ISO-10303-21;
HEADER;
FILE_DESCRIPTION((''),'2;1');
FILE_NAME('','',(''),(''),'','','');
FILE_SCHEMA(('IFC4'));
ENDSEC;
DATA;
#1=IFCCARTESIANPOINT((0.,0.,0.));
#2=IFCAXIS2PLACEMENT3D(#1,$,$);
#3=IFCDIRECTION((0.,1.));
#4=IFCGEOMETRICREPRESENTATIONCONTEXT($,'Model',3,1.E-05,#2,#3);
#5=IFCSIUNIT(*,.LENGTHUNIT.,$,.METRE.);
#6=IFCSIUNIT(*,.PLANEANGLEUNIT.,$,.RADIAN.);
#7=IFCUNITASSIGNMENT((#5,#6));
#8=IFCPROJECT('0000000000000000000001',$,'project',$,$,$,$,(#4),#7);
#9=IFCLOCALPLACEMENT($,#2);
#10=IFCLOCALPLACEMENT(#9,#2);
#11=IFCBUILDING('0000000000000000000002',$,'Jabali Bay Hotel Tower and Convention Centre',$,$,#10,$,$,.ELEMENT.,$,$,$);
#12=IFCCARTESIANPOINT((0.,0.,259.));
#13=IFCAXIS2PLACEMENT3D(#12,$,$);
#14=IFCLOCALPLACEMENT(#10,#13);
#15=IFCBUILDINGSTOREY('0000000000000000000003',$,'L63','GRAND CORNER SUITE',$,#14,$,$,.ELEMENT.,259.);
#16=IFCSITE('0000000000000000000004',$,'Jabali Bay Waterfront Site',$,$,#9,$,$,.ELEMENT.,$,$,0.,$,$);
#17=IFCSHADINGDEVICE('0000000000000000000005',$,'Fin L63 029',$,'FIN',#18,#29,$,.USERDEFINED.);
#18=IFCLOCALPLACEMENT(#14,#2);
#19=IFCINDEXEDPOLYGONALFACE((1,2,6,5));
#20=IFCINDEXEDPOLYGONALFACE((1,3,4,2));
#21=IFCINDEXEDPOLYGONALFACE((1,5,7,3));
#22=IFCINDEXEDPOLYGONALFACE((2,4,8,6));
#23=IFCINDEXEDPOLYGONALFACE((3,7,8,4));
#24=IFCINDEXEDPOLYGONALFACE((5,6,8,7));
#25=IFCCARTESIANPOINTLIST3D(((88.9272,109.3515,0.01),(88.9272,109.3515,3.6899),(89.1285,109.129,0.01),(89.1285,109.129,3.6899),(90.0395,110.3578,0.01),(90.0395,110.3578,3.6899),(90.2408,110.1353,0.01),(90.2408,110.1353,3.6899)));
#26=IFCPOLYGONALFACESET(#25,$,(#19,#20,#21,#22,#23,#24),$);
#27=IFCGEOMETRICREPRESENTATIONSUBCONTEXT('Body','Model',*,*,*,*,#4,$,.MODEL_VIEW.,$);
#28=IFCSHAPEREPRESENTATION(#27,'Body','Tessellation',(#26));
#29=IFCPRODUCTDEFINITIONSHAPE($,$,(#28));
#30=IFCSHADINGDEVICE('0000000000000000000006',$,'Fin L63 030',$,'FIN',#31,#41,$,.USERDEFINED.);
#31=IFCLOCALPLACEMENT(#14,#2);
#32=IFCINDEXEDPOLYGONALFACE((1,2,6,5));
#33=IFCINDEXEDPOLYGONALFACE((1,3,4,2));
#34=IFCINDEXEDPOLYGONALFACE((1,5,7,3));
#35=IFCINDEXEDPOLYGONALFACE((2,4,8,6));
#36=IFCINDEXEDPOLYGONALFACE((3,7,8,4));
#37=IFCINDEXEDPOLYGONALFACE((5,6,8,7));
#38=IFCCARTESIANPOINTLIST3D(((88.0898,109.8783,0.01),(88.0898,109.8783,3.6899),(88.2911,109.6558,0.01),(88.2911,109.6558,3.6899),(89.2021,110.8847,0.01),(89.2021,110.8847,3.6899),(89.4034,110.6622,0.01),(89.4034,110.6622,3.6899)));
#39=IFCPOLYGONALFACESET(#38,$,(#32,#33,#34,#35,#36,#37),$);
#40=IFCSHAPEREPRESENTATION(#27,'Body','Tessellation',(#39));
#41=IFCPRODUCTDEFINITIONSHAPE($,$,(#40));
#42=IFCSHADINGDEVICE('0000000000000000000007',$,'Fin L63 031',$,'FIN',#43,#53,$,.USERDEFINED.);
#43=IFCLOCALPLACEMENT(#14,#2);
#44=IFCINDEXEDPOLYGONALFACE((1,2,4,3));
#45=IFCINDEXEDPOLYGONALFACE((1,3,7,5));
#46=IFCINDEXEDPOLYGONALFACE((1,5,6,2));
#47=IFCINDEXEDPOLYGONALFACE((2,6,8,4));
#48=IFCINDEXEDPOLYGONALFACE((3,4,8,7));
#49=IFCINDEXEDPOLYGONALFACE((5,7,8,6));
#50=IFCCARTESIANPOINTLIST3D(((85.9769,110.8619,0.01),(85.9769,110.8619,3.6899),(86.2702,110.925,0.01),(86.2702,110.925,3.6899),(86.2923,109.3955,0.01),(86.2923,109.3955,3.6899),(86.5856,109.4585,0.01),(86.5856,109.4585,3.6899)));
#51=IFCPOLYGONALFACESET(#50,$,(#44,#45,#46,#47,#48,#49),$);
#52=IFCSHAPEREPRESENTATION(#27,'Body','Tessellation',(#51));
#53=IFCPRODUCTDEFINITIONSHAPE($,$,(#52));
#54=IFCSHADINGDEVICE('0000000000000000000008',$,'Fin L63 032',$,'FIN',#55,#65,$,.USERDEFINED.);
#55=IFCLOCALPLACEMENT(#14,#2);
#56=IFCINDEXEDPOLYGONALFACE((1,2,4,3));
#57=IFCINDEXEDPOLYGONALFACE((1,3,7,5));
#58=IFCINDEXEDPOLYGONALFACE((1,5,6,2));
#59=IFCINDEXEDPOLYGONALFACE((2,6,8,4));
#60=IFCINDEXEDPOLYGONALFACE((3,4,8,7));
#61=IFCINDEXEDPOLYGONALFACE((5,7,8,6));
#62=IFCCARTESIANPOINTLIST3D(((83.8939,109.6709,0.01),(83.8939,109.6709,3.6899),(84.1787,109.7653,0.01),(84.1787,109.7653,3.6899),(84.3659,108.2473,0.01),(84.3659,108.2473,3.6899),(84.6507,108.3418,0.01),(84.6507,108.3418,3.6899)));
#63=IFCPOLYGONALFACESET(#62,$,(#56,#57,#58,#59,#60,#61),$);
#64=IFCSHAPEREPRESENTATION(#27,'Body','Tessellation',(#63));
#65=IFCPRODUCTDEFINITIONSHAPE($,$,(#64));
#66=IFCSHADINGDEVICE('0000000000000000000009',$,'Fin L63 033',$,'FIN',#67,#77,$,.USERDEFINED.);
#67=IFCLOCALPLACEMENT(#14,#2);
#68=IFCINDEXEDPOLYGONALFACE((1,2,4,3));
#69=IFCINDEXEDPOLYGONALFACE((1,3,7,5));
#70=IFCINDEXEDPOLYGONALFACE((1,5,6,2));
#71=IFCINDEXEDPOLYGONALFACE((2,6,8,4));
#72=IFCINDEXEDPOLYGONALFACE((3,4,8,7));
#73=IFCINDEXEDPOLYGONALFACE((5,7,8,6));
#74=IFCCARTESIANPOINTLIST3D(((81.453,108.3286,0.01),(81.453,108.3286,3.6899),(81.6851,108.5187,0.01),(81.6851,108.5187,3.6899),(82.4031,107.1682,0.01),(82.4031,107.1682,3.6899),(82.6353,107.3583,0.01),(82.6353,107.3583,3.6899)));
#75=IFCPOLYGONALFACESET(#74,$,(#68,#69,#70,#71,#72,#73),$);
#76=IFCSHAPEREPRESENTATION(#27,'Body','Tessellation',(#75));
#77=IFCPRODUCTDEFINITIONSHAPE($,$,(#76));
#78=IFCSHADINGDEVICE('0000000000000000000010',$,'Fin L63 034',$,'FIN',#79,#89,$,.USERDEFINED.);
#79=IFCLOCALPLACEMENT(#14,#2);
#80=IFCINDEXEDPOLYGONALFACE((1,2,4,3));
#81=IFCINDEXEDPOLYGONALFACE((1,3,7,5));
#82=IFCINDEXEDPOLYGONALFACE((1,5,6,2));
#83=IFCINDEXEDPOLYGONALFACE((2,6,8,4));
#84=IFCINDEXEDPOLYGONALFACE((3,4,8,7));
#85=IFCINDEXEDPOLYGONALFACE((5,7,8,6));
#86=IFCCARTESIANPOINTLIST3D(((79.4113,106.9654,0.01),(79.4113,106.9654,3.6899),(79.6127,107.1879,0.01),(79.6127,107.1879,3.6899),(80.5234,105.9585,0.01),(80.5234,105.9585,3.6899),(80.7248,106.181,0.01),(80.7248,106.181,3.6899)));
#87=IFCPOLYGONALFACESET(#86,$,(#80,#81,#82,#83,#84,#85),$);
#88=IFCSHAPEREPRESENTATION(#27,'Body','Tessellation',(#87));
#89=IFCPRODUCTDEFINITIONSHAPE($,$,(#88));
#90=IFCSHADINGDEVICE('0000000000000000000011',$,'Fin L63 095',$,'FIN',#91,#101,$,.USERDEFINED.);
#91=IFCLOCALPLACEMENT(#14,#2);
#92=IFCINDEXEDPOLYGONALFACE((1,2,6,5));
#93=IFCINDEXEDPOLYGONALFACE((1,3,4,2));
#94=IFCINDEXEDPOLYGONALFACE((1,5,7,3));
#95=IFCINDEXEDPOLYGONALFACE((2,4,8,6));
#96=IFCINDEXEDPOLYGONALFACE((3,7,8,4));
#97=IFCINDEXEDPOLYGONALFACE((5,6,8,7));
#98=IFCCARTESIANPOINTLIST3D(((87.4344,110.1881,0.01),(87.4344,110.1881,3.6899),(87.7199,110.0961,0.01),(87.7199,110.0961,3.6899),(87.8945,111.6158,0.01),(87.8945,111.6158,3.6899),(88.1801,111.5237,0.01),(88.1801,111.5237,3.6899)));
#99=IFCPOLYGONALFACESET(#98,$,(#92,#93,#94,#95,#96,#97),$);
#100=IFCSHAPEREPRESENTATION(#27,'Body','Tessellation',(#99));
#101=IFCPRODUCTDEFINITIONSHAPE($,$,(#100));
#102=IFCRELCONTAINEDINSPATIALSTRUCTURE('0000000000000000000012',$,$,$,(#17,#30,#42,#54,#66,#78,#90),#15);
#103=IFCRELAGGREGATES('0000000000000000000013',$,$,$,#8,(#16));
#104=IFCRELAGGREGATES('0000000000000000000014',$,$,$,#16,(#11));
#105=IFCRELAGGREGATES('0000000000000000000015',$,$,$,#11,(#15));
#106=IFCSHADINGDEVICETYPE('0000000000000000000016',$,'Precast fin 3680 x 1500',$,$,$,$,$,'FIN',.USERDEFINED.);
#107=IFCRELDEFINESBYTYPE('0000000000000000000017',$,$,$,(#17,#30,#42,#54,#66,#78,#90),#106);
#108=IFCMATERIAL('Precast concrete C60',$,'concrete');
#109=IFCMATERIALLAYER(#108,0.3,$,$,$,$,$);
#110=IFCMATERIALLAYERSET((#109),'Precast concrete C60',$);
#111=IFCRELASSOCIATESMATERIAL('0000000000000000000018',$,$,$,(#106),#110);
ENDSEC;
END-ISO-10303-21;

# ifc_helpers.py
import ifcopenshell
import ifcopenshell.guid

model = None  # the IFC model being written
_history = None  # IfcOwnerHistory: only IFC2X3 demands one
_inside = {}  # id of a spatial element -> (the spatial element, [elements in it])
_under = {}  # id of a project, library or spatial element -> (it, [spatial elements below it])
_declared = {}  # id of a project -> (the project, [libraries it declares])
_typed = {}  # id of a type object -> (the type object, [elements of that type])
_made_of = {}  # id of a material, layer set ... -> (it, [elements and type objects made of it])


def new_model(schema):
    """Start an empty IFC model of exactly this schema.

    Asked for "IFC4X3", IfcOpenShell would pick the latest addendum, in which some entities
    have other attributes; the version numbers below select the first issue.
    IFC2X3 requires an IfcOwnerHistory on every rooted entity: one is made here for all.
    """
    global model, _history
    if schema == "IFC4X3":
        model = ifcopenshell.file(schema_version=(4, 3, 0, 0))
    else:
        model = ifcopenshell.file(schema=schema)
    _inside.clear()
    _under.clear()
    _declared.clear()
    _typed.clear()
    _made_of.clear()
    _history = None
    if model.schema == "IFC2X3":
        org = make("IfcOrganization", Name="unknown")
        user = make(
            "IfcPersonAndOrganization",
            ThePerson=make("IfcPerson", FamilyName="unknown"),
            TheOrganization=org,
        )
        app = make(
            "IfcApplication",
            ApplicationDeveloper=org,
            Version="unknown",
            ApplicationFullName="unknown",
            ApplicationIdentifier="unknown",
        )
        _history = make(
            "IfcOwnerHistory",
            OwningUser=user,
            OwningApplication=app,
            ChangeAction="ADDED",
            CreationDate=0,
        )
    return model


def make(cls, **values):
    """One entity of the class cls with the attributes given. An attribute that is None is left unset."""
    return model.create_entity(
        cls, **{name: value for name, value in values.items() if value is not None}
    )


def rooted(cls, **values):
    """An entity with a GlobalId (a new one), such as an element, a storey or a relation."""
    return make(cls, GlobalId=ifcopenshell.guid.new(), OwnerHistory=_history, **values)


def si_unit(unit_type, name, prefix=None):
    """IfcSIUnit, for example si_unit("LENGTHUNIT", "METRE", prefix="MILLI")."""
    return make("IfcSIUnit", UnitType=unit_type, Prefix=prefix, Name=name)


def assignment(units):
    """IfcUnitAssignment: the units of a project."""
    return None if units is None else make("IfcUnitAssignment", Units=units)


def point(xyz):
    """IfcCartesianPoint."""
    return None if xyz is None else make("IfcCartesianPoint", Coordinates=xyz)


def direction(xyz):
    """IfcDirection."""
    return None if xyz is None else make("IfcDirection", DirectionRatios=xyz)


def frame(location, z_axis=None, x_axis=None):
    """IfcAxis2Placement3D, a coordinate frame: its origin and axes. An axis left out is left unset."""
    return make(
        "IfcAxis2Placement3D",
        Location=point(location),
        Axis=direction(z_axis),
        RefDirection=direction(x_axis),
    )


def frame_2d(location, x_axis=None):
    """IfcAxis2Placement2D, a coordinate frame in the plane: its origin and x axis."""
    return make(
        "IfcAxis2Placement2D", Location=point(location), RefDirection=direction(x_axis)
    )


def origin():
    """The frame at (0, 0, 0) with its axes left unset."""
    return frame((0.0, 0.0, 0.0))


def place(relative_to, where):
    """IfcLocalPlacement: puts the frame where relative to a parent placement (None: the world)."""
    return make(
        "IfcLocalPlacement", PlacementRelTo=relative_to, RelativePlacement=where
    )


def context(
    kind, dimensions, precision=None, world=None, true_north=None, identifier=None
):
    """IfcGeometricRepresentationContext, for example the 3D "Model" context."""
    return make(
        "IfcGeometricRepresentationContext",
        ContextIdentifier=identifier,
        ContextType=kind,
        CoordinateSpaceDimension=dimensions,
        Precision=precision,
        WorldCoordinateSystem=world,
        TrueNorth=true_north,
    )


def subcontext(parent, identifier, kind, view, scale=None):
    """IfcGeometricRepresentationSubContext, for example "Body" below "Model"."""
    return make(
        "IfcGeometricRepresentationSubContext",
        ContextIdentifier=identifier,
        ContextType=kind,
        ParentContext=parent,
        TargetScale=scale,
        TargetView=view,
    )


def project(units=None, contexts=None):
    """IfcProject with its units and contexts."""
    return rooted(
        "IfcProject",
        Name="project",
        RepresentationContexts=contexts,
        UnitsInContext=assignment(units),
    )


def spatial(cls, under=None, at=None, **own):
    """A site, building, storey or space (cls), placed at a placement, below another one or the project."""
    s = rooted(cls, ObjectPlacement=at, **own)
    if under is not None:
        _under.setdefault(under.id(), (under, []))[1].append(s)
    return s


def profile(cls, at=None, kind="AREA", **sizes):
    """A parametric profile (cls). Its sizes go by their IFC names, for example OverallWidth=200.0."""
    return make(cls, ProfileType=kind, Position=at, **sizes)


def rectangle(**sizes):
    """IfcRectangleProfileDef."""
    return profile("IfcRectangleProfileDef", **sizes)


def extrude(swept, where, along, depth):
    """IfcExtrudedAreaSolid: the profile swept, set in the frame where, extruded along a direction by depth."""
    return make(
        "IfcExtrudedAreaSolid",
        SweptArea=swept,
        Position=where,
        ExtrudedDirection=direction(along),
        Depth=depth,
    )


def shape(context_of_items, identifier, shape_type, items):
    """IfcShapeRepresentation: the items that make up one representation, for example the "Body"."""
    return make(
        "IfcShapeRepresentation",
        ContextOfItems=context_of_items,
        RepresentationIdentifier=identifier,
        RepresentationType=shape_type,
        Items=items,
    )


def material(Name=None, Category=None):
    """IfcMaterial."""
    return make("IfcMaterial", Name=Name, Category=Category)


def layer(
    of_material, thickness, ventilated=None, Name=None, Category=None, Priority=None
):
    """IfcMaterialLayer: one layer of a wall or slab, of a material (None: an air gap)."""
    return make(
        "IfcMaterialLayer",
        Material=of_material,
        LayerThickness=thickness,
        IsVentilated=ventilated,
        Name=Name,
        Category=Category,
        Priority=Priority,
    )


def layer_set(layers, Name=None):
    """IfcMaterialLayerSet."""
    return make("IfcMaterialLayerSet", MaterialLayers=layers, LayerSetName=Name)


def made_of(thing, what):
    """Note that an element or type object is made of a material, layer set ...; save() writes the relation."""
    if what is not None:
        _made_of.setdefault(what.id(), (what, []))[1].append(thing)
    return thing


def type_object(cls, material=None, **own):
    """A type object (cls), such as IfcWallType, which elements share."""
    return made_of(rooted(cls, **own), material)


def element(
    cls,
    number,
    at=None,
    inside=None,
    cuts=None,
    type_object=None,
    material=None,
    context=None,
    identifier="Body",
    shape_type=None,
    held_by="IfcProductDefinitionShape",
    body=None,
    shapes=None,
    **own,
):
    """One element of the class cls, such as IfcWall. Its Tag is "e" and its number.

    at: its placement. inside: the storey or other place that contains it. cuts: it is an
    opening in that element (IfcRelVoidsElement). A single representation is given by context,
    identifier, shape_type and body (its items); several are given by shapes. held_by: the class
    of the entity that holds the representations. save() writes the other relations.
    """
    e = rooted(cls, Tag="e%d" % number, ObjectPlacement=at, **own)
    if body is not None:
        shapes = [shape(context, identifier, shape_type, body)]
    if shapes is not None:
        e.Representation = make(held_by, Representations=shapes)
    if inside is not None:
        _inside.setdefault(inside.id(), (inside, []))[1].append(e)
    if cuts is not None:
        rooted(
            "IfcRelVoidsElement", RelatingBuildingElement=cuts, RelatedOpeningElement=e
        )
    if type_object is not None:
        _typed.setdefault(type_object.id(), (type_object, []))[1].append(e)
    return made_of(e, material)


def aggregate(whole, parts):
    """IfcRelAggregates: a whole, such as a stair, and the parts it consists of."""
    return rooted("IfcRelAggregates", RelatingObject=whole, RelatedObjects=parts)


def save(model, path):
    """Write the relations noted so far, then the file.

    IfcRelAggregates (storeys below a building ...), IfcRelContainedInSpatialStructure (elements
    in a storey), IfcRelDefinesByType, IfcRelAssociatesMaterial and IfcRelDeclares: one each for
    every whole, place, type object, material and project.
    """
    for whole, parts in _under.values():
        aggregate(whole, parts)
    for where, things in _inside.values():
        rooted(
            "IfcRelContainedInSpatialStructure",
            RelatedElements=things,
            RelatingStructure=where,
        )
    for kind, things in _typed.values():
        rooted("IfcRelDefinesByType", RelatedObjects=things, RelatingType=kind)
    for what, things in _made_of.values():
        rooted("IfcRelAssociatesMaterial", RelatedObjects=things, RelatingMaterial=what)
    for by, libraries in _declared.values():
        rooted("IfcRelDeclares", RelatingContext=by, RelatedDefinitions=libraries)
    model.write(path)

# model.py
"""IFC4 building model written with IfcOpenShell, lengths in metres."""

from ifc_helpers import new_model, si_unit, direction, frame, frame_2d, origin, place, context, subcontext, project, spatial, rectangle, extrude, material, layer, layer_set, type_object, element, save


model = new_model("IFC4")

# Units and contexts
model_context = context("Model", 3, precision=1e-05, world=origin(), true_north=direction((0.0, 1.0)))
body_context = subcontext(model_context, "Body", "Model", "MODEL_VIEW")
ifc_project = project(units=[si_unit("LENGTHUNIT", "METRE"), si_unit("PLANEANGLEUNIT", "RADIAN")], contexts=[model_context])

# Site, building, storey
site_placement = place(None, origin())
site = spatial("IfcSite", under=ifc_project, at=site_placement, Name="Jabali Bay Waterfront Site", CompositionType="ELEMENT", RefElevation=0.0)
building_placement = place(site_placement, origin())
building = spatial("IfcBuilding", under=site, at=building_placement, Name="Jabali Bay Hotel Tower and Convention Centre", CompositionType="ELEMENT")
storey_placement = place(building_placement, frame((0.0, 0.0, 259.0)))
storey = spatial("IfcBuildingStorey", under=building, at=storey_placement, Name="L63", Description="GRAND CORNER SUITE", CompositionType="ELEMENT", Elevation=259.0)

# Shading devices
ifc_material_1 = material(Name="Precast concrete C60", Category="concrete")
ifc_layer_1 = layer(ifc_material_1, 0.3)
ifc_layer_set_1 = layer_set([ifc_layer_1], Name="Precast concrete C60")
shading_device_type = type_object("IfcShadingDeviceType", Name="Precast fin 3680 x 1500", ElementType="FIN", PredefinedType="USERDEFINED", material=ifc_layer_set_1)
for number, where, z_axis, x_axis, name in (
    (1, (89.0278, 109.2402, 0.01), (0.0, 0.0, 1.0), (0.741543, 0.670905, 0.0), "Fin L63 029"),
    (2, (88.1904, 109.7671, 0.01), (0.0, 0.0, 1.0), (0.741543, 0.670905, 0.0), "Fin L63 030"),
    (3, (86.439, 109.427, 0.01), (0.0, 0.0, 1.0), (-0.210274, 0.977643, 0.0), "Fin L63 031"),
):
    element("IfcShadingDevice", number, at=place(storey_placement, frame(where, z_axis=z_axis, x_axis=x_axis)), inside=storey, type_object=shading_device_type, Name=name, ObjectType="FIN", PredefinedType="USERDEFINED", context=body_context, shape_type="SweptSolid", body=[
        extrude(rectangle(XDim=1.5, YDim=0.3, at=frame_2d((0.75, 0.0))), origin(), (0.0, 0.0, 1.0), 3.6799),
    ])
for number, where, z_axis, x_axis, name in (
    (4, (84.5083, 108.2944, 0.01), (0.0, 0.0, 1.0), (-0.314665, 0.949203, 0.0), "Fin L63 032"),
    (5, (82.5193, 107.2632, 0.01), (0.0, 0.0, 1.0), (-0.633548, 0.773703, 0.0), "Fin L63 033"),
):
    element("IfcShadingDevice", number, at=place(storey_placement, frame(where, z_axis=z_axis, x_axis=x_axis)), inside=storey, type_object=shading_device_type, Name=name, ObjectType="FIN", PredefinedType="USERDEFINED", context=body_context, shape_type="SweptSolid", body=[
        extrude(rectangle(XDim=1.4998, YDim=0.3, at=frame_2d((0.75, 0.0))), origin(), (0.0, 0.0, 1.0), 3.6799),
    ])
shading_device_1_placement = place(storey_placement, frame((80.624, 106.0698, 0.01), z_axis=(0.0, 0.0, 1.0), x_axis=(-0.741308, 0.671165, 0.0)))
element("IfcShadingDevice", 6, at=shading_device_1_placement, inside=storey, type_object=shading_device_type, Name="Fin L63 034", ObjectType="FIN", PredefinedType="USERDEFINED", context=body_context, shape_type="SweptSolid", body=[
    extrude(rectangle(XDim=1.5002, YDim=0.3, at=frame_2d((0.75, 0.0))), origin(), (0.0, 0.0, 1.0), 3.6799),
])
shading_device_2_placement = place(storey_placement, frame((87.5771, 110.1421, 0.01), z_axis=(0.0, 0.0, 1.0), x_axis=(0.306789, 0.951778, 0.0)))
element("IfcShadingDevice", 7, at=shading_device_2_placement, inside=storey, type_object=shading_device_type, Name="Fin L63 095", ObjectType="FIN", PredefinedType="USERDEFINED", context=body_context, shape_type="SweptSolid", body=[
    extrude(rectangle(XDim=1.5, YDim=0.3, at=frame_2d((0.75, 0.0))), origin(), (0.0, 0.0, 1.0), 3.6799),
])

save(model, "model.ifc")
